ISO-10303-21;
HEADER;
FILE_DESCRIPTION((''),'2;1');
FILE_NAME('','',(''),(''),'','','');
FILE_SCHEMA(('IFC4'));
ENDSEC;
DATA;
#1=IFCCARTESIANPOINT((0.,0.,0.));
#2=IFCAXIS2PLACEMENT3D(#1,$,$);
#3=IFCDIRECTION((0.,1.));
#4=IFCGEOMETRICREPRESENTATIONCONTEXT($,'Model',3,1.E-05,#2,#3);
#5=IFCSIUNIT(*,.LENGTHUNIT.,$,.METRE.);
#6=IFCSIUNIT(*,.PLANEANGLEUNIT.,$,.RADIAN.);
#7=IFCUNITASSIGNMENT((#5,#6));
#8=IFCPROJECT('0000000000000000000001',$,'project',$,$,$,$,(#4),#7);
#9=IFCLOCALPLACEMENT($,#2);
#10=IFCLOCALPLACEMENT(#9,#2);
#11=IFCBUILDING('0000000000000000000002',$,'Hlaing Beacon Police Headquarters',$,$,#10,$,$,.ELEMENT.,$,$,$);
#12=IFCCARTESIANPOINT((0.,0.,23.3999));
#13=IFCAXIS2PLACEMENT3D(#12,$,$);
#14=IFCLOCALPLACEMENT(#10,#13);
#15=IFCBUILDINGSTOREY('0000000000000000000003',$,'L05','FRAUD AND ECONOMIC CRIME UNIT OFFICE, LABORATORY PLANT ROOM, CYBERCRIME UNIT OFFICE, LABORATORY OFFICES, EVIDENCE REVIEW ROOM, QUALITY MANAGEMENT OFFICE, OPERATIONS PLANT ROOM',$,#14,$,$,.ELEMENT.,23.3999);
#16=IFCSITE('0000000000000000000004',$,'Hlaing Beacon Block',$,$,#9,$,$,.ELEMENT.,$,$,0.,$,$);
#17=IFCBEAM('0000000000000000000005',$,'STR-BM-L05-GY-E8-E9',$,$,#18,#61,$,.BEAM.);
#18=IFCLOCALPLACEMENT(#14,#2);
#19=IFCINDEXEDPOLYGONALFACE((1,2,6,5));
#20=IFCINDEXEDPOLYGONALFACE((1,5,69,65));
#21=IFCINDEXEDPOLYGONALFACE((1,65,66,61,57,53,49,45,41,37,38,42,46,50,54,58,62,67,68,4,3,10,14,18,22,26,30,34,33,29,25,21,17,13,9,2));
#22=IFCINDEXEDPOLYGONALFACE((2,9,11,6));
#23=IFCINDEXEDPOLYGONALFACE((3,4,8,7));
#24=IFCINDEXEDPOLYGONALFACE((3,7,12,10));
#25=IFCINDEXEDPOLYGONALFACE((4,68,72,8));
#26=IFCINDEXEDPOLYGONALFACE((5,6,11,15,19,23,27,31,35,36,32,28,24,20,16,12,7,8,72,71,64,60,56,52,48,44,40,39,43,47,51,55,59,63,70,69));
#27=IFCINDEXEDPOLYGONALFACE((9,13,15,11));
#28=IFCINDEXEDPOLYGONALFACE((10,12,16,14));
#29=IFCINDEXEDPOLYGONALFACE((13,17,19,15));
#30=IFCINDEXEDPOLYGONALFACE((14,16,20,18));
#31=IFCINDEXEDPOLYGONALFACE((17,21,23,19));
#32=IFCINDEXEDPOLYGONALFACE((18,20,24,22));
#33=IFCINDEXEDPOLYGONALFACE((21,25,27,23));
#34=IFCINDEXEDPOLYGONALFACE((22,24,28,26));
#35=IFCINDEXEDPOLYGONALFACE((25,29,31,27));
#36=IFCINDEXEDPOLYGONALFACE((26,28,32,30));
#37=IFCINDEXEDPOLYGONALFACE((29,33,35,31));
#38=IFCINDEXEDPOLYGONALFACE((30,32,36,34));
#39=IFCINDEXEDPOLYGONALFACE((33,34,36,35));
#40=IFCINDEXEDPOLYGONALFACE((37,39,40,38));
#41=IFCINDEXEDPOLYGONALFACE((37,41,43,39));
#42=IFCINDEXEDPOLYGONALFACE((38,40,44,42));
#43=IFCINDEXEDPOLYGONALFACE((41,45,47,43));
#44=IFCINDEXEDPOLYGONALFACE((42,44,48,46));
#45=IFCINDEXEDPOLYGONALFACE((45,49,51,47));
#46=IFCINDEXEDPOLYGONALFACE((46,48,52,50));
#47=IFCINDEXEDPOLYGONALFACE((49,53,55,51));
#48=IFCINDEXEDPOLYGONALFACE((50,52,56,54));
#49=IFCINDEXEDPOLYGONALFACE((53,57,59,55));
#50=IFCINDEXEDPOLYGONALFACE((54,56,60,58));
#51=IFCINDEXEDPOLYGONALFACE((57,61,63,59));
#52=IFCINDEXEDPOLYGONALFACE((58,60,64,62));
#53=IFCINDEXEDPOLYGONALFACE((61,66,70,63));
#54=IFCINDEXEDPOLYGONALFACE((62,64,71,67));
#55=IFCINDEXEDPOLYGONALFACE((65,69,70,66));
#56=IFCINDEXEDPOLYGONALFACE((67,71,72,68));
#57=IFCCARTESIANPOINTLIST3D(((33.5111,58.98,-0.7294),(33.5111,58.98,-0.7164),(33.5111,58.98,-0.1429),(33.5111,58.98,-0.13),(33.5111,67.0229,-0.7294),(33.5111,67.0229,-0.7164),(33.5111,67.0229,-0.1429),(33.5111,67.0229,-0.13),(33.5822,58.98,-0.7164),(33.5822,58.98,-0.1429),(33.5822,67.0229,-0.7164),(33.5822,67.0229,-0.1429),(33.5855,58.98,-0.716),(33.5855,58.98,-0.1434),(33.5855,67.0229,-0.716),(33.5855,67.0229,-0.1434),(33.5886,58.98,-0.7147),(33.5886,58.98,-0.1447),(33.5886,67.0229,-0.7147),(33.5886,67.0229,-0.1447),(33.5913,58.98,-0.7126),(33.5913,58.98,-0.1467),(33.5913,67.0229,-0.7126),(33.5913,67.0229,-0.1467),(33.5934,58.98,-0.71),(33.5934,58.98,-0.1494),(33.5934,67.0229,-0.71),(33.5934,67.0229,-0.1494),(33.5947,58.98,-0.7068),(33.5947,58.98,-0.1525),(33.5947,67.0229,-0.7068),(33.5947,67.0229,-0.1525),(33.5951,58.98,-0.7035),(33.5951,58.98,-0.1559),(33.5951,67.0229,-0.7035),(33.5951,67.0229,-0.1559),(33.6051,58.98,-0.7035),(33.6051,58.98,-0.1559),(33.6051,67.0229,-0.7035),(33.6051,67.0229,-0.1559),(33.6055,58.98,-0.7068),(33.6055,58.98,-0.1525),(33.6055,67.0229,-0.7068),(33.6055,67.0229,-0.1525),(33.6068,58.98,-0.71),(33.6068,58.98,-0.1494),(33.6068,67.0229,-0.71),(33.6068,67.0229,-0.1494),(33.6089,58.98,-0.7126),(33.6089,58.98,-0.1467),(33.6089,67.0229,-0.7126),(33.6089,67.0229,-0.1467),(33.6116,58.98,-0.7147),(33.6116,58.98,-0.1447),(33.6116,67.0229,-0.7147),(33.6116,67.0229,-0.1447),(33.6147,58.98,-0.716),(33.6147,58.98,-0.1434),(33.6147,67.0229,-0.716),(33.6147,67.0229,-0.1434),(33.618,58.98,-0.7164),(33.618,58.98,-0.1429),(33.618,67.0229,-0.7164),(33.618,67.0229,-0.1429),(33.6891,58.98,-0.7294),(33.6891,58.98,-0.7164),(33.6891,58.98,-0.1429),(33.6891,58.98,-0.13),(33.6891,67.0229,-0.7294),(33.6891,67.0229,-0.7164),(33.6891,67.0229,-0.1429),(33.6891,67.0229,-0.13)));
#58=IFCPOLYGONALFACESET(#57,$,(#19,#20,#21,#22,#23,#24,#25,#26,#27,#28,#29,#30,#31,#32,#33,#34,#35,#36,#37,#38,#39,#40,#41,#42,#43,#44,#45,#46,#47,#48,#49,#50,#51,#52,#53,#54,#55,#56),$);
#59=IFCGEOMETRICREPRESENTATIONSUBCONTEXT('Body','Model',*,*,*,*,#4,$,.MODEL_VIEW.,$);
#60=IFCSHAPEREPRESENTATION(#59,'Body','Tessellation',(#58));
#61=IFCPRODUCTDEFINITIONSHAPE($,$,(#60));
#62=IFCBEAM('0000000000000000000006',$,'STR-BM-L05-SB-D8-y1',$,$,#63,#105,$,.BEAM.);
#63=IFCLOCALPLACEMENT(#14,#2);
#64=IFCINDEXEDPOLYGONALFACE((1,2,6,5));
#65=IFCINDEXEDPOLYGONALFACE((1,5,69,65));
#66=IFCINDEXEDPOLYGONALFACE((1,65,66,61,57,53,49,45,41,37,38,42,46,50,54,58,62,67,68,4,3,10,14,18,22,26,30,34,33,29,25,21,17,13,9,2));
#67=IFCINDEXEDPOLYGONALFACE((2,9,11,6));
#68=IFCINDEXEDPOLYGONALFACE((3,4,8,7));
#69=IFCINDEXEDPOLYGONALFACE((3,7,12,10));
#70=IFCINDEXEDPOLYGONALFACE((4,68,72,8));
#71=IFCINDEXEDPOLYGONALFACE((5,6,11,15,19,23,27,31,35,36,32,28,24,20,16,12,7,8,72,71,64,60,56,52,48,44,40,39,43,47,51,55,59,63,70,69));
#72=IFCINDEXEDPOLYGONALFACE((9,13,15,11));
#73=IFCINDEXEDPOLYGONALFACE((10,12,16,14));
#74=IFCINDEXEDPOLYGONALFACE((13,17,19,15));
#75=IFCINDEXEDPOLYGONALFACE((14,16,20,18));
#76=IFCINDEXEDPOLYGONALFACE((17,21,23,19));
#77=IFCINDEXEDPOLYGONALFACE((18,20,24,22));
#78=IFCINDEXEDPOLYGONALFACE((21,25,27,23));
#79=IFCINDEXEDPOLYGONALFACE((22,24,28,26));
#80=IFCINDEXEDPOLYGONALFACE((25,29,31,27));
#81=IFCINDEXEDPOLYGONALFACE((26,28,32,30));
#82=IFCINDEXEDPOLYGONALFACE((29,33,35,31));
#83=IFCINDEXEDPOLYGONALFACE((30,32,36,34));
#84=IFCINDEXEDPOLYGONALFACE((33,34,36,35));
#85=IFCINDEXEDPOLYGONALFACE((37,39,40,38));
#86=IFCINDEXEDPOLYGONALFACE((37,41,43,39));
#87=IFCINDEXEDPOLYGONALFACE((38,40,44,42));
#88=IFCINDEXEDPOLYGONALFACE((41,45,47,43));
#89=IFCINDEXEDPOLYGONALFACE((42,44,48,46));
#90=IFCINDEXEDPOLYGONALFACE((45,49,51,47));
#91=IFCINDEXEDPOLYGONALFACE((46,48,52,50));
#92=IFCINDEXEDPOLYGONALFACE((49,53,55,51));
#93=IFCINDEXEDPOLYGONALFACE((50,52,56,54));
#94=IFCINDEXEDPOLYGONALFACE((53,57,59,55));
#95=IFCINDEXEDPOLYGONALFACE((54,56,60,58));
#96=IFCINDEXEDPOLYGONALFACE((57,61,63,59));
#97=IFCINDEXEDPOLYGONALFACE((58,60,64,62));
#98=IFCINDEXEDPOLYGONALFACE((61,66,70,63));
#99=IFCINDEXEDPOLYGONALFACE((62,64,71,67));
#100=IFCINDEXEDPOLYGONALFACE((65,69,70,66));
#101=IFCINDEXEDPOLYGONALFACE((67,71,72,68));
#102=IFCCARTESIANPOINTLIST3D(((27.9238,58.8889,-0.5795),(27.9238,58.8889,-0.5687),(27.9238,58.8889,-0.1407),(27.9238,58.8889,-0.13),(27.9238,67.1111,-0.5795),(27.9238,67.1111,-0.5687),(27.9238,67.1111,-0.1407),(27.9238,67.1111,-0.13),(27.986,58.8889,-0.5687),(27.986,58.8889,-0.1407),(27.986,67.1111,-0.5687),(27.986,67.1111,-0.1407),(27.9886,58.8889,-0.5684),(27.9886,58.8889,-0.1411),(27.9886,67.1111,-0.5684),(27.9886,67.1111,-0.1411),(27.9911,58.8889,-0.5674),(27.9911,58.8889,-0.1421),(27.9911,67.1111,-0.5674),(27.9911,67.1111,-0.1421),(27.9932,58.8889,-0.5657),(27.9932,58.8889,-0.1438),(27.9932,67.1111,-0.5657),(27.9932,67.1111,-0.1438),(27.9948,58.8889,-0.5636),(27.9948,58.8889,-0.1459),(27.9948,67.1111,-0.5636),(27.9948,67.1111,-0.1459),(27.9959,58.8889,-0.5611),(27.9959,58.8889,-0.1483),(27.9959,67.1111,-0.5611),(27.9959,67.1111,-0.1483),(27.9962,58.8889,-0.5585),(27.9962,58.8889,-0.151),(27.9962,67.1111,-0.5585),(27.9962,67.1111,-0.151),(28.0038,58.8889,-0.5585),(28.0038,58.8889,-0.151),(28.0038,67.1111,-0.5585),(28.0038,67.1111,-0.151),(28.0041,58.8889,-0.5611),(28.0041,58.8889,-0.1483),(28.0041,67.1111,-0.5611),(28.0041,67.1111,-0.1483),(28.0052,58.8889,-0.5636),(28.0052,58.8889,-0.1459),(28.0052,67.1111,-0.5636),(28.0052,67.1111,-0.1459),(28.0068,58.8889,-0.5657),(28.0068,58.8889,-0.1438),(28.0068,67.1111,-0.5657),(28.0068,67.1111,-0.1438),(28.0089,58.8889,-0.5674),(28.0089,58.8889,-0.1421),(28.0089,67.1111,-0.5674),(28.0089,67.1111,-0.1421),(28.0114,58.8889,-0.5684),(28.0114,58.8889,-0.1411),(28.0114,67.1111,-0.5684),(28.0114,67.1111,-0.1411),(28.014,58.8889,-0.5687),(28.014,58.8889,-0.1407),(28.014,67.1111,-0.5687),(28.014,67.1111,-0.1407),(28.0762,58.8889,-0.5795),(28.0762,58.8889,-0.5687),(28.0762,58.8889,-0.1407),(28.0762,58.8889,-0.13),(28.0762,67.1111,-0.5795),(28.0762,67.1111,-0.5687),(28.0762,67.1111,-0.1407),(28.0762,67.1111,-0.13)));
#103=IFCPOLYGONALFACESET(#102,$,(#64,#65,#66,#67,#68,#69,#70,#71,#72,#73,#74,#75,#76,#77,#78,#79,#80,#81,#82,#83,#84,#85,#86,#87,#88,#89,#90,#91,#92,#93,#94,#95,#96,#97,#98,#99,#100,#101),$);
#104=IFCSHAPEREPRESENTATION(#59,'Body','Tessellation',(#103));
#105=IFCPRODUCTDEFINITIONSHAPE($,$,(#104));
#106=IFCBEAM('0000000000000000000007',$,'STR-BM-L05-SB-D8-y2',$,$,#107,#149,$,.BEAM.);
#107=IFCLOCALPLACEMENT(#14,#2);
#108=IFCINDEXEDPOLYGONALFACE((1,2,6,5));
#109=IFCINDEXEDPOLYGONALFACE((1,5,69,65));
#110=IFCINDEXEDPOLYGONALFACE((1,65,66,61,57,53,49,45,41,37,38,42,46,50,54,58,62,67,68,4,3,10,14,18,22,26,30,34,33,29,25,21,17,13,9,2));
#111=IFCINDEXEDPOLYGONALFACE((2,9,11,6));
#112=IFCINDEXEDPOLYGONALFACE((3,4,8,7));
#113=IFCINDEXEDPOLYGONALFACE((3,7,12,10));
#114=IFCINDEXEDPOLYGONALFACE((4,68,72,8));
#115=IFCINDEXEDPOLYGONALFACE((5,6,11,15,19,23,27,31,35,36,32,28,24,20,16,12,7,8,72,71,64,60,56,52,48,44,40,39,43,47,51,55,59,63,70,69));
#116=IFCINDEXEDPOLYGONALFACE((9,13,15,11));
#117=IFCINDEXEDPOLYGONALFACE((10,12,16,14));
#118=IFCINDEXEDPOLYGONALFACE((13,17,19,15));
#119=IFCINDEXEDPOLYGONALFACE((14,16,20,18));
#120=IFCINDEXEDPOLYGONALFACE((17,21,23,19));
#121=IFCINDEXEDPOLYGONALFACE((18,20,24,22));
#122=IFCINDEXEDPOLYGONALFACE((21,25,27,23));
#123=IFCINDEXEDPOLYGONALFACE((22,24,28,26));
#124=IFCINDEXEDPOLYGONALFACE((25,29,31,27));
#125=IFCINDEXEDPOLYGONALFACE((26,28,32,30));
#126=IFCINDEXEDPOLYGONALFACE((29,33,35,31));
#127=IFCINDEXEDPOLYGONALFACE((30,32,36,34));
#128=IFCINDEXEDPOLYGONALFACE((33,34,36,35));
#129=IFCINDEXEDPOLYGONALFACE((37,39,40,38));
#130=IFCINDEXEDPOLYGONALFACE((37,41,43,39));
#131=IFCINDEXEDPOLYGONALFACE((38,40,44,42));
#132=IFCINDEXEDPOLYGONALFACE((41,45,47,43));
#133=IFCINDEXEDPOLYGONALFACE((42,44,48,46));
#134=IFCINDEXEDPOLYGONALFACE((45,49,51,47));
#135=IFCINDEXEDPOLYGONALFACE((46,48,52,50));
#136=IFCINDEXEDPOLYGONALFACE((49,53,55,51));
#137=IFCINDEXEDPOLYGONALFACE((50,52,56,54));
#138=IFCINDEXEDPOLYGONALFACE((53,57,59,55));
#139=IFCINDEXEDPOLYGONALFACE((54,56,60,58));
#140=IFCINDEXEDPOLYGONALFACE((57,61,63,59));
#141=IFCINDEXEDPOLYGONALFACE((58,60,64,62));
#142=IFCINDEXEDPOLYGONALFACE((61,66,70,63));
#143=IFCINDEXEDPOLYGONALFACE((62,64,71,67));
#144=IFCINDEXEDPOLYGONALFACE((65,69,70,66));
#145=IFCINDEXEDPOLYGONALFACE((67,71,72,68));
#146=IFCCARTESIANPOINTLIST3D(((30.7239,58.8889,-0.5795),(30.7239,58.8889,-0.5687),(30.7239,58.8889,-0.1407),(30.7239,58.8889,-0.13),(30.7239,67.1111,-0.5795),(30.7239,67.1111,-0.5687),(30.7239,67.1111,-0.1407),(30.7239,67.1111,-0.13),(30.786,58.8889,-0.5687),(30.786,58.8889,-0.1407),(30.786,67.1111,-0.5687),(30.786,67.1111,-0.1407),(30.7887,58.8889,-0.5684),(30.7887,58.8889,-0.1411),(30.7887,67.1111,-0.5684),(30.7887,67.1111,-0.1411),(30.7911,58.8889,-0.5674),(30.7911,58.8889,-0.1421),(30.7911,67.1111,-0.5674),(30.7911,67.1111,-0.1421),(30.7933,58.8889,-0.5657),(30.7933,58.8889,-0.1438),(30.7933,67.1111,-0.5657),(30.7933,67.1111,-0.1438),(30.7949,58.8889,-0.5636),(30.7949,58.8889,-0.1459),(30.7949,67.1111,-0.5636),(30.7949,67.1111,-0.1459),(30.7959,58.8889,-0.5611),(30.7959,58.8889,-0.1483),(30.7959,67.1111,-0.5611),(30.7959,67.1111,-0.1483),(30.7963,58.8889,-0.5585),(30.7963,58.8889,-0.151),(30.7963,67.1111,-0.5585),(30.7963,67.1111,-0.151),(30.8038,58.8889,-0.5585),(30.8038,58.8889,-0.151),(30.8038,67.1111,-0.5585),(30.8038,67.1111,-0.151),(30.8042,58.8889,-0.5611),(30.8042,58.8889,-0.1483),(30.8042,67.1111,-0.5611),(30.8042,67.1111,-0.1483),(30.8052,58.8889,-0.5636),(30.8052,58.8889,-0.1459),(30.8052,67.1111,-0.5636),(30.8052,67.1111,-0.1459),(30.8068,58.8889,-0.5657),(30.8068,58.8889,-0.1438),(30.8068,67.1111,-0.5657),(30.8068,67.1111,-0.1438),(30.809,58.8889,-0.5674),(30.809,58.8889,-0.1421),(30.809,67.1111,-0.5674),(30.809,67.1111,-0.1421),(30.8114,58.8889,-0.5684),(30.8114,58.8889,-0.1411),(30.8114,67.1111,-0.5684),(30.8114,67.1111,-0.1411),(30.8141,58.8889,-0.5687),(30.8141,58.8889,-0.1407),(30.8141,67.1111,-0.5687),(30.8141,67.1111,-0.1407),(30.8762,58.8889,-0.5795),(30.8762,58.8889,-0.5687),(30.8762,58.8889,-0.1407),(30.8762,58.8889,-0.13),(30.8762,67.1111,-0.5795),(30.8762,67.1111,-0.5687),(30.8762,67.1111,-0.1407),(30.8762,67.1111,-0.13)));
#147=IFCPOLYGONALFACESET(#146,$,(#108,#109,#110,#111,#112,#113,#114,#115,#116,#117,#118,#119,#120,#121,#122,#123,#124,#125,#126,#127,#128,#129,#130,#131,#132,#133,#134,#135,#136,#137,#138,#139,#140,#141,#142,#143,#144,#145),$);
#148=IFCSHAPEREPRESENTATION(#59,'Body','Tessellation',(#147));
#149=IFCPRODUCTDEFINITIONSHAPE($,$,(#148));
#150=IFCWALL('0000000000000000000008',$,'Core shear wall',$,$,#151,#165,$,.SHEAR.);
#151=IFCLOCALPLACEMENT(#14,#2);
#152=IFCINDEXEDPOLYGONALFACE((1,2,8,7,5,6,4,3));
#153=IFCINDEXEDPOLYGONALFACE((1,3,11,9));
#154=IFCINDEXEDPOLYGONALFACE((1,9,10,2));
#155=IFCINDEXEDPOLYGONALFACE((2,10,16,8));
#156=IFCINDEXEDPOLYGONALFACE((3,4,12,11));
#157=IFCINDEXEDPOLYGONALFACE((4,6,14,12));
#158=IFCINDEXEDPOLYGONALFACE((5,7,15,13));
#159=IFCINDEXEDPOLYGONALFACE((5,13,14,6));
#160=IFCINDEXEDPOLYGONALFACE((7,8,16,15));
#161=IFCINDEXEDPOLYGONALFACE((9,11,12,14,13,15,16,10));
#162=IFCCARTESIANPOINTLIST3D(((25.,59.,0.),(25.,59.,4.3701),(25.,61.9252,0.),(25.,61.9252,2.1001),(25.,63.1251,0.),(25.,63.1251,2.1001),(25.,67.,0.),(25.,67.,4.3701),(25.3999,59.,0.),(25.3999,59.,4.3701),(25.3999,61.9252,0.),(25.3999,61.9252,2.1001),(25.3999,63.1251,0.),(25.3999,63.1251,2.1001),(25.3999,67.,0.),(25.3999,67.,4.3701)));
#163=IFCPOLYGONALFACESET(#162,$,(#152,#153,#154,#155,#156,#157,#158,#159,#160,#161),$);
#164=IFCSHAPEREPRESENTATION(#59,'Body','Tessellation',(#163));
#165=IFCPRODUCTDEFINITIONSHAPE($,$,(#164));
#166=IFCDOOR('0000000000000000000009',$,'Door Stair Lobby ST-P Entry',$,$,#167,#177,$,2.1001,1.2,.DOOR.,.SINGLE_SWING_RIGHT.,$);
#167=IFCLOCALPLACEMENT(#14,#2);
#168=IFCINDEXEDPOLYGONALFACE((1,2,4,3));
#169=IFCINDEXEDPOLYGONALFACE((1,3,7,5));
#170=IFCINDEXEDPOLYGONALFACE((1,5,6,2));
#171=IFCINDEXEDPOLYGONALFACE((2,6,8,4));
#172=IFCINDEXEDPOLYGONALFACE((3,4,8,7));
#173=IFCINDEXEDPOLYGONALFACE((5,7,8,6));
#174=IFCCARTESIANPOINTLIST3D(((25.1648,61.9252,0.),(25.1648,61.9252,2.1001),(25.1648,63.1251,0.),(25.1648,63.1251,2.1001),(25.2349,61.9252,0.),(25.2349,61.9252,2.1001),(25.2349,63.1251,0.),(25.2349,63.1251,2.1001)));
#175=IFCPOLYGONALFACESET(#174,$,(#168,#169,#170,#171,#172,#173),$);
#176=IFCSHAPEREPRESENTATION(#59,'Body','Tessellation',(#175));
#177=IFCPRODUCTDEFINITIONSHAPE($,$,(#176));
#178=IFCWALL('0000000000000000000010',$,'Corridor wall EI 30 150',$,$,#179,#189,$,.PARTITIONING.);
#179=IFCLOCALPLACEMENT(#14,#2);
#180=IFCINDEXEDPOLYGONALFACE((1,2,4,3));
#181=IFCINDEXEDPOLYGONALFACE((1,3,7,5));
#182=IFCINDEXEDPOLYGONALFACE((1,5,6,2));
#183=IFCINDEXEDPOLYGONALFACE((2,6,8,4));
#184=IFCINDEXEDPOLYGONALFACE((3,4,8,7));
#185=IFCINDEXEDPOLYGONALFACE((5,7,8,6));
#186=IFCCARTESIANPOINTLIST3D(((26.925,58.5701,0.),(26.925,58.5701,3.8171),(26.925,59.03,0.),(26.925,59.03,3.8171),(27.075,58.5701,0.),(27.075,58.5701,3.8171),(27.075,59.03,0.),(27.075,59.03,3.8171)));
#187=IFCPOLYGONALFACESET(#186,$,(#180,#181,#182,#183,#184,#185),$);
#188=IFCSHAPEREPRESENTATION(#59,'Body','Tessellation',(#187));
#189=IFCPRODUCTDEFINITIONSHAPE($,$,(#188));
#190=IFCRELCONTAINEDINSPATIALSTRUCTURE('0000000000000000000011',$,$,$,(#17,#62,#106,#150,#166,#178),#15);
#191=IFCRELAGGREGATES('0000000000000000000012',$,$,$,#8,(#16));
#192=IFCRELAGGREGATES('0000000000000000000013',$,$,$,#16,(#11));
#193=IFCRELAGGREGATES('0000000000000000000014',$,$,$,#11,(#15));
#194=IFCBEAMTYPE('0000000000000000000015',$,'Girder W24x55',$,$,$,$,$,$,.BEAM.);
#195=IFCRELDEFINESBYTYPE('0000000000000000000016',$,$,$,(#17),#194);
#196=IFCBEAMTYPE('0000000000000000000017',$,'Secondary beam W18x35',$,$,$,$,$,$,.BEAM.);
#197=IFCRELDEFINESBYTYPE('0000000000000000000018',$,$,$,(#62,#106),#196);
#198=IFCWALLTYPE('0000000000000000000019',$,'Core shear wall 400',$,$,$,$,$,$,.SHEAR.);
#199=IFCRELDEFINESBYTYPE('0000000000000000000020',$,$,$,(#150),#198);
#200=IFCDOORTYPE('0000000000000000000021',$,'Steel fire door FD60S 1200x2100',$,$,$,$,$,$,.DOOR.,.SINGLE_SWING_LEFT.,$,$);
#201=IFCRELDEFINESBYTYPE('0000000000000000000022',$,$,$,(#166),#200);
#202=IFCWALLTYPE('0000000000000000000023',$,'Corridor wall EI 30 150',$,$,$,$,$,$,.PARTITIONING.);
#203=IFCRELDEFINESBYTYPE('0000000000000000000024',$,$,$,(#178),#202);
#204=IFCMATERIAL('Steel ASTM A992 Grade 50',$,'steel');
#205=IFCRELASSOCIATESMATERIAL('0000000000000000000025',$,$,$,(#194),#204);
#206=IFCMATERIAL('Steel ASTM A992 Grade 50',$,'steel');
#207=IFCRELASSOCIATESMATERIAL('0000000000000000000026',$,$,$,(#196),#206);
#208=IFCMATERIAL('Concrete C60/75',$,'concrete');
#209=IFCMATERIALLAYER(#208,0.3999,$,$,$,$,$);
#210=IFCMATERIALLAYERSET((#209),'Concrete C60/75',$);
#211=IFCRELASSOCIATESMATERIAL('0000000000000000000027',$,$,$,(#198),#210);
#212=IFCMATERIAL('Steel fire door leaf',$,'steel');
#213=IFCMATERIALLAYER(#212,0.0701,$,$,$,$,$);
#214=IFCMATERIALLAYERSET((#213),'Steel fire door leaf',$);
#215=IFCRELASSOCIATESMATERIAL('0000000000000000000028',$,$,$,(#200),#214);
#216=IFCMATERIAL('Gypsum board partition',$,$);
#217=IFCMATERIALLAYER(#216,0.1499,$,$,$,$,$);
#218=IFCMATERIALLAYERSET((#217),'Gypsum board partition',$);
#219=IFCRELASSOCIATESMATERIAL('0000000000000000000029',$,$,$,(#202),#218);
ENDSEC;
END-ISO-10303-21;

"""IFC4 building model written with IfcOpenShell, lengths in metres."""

from ifc_helpers import new_model, si_unit, direction, frame, frame_2d, origin, origin_2d, place, context, subcontext, project, spatial, rectangle, i_section, extrude, material, layer, layer_set, material_profile, profile_set, type_object, element, fill, save


model = new_model("IFC4")

# Units and contexts
model_context = context("Model", 3, precision=1e-05, world=origin(), true_north=direction((0.0, 1.0)))
body_context = subcontext(model_context, "Body", "Model", "MODEL_VIEW")
ifc_project = project(units=[si_unit("LENGTHUNIT", "METRE"), si_unit("PLANEANGLEUNIT", "RADIAN")], contexts=[model_context])

# Site, building, storey
site_placement = place(None, origin())
site = spatial("IfcSite", under=ifc_project, at=site_placement, Name="Hlaing Beacon Block", CompositionType="ELEMENT", RefElevation=0.0)
building_placement = place(site_placement, origin())
building = spatial("IfcBuilding", under=site, at=building_placement, Name="Hlaing Beacon Police Headquarters", CompositionType="ELEMENT")
storey_placement = place(building_placement, frame((0.0, 0.0, 23.3999)))
storey = spatial("IfcBuildingStorey", under=building, at=storey_placement, Name="L05", Description="FRAUD AND ECONOMIC CRIME UNIT OFFICE, LABORATORY PLANT ROOM, CYBERCRIME UNIT OFFICE, LABORATORY OFFICES, EVIDENCE REVIEW ROOM, QUALITY MANAGEMENT OFFICE, OPERATIONS PLANT ROOM", CompositionType="ELEMENT", Elevation=23.3999)

# Beams
ifc_material_1 = material(Name="Steel ASTM A992 Grade 50", Category="steel")
ifc_material_profile_1 = material_profile(ifc_material_1, i_section(OverallWidth=0.178, OverallDepth=0.5994, WebThickness=0.01, FlangeThickness=0.0129, FilletRadius=0.0129, at=origin_2d()), Name="W24x55")
ifc_profile_set_1 = profile_set([ifc_material_profile_1], Name="Steel ASTM A992 Grade 50")
beam_type_1 = type_object("IfcBeamType", Name="Girder W24x55", PredefinedType="BEAM", material=ifc_profile_set_1)
beam_1_placement = place(storey_placement, frame((33.6001, 58.98, -0.4297), z_axis=(0.0, 1.0, 0.0), x_axis=(-1.0, 0.0, 0.0)))
element("IfcBeam", 1, at=beam_1_placement, inside=storey, type_object=beam_type_1, Name="STR-BM-L05-GY-E8-E9", PredefinedType="BEAM", context=body_context, shape_type="SweptSolid", body=[
    extrude(i_section(OverallWidth=0.178, OverallDepth=0.5994, WebThickness=0.01, FlangeThickness=0.0129, FilletRadius=0.0129, at=origin_2d()), origin(), (0.0, 0.0, 1.0), 8.043),
])
ifc_material_2 = material(Name="Steel ASTM A992 Grade 50", Category="steel")
ifc_material_profile_2 = material_profile(ifc_material_2, i_section(OverallWidth=0.1523, OverallDepth=0.4495, WebThickness=0.0076, FlangeThickness=0.0107, FilletRadius=0.0103, at=origin_2d()), Name="W18x35")
ifc_profile_set_2 = profile_set([ifc_material_profile_2], Name="Steel ASTM A992 Grade 50")
beam_type_2 = type_object("IfcBeamType", Name="Secondary beam W18x35", PredefinedType="BEAM", material=ifc_profile_set_2)
for number, where, z_axis, x_axis, name in (
    (2, (28.0, 58.8889, -0.3547), (0.0, 1.0, 0.0), (-1.0, 0.0, 0.0), "STR-BM-L05-SB-D8-y1"),
    (3, (30.8, 58.8889, -0.3547), (0.0, 1.0, 0.0), (-1.0, 0.0, 0.0), "STR-BM-L05-SB-D8-y2"),
):
    element("IfcBeam", number, at=place(storey_placement, frame(where, z_axis=z_axis, x_axis=x_axis)), inside=storey, type_object=beam_type_2, Name=name, PredefinedType="BEAM", context=body_context, shape_type="SweptSolid", body=[
        extrude(i_section(OverallWidth=0.1523, OverallDepth=0.4495, WebThickness=0.0076, FlangeThickness=0.0107, FilletRadius=0.0103, at=origin_2d()), origin(), (0.0, 0.0, 1.0), 8.2222),
    ])

# Wall, opening, door
ifc_material_3 = material(Name="Concrete C60/75", Category="concrete")
ifc_layer_1 = layer(ifc_material_3, 0.3999)
ifc_layer_set_1 = layer_set([ifc_layer_1], Name="Concrete C60/75")
wall_type_1 = type_object("IfcWallType", Name="Core shear wall 400", PredefinedType="SHEAR", material=ifc_layer_set_1)
wall_1_placement = place(storey_placement, frame((25.2, 59.0, 0.0), z_axis=(0.0, 0.0, 1.0), x_axis=(0.0, 1.0, 0.0)))
wall_1 = element("IfcWall", 4, at=wall_1_placement, inside=storey, type_object=wall_type_1, Name="Core shear wall", PredefinedType="SHEAR", context=body_context, shape_type="SweptSolid", body=[
    extrude(rectangle(XDim=8.0, YDim=0.3999, at=frame_2d((4.0, 0.0))), origin(), (0.0, 0.0, 1.0), 4.3701),
])
opening_1_placement = place(wall_1_placement, frame((2.925, 0.0, 0.0)))
opening_1 = element("IfcOpeningElement", 5, at=opening_1_placement, cuts=wall_1, PredefinedType="OPENING", context=body_context, shape_type="SweptSolid", body=[
    extrude(rectangle(XDim=1.2, YDim=2.1001, at=frame_2d((0.6001, 1.05))), frame((0.0, 0.21, 0.0), z_axis=(0.0, -1.0, 0.0), x_axis=(1.0, 0.0, 0.0)), (0.0, 0.0, 1.0), 0.4199),
])
ifc_material_4 = material(Name="Steel fire door leaf", Category="steel")
ifc_layer_2 = layer(ifc_material_4, 0.0701)
ifc_layer_set_2 = layer_set([ifc_layer_2], Name="Steel fire door leaf")
door_type_1 = type_object("IfcDoorType", Name="Steel fire door FD60S 1200x2100", OperationType="SINGLE_SWING_LEFT", PredefinedType="DOOR", material=ifc_layer_set_2)
door_1_placement = place(opening_1_placement, origin())
door_1 = element("IfcDoor", 6, at=door_1_placement, inside=storey, type_object=door_type_1, Name="Door Stair Lobby ST-P Entry", OperationType="SINGLE_SWING_RIGHT", OverallHeight=2.1001, OverallWidth=1.2, PredefinedType="DOOR", context=body_context, shape_type="SweptSolid", body=[
    extrude(rectangle(XDim=1.2, YDim=2.1001, at=frame_2d((0.6001, 1.05))), frame((0.0, 0.0352, 0.0), z_axis=(0.0, -1.0, 0.0), x_axis=(1.0, 0.0, 0.0)), (0.0, 0.0, 1.0), 0.0701),
])
fill(opening_1, door_1)

# Wall
ifc_material_5 = material(Name="Gypsum board partition")
ifc_layer_3 = layer(ifc_material_5, 0.1499)
ifc_layer_set_3 = layer_set([ifc_layer_3], Name="Gypsum board partition")
wall_type_2 = type_object("IfcWallType", Name="Corridor wall EI 30 150", PredefinedType="PARTITIONING", material=ifc_layer_set_3)
wall_2_placement = place(storey_placement, frame((27.0, 58.5701, 0.0), z_axis=(0.0, 0.0, 1.0), x_axis=(0.0, 1.0, 0.0)))
element("IfcWall", 7, at=wall_2_placement, inside=storey, type_object=wall_type_2, Name="Corridor wall EI 30 150", PredefinedType="PARTITIONING", context=body_context, shape_type="SweptSolid", body=[
    extrude(rectangle(XDim=0.46, YDim=0.1499, at=frame_2d((0.23, 0.0))), origin(), (0.0, 0.0, 1.0), 3.8171),
])

save(model, "model.ifc")
